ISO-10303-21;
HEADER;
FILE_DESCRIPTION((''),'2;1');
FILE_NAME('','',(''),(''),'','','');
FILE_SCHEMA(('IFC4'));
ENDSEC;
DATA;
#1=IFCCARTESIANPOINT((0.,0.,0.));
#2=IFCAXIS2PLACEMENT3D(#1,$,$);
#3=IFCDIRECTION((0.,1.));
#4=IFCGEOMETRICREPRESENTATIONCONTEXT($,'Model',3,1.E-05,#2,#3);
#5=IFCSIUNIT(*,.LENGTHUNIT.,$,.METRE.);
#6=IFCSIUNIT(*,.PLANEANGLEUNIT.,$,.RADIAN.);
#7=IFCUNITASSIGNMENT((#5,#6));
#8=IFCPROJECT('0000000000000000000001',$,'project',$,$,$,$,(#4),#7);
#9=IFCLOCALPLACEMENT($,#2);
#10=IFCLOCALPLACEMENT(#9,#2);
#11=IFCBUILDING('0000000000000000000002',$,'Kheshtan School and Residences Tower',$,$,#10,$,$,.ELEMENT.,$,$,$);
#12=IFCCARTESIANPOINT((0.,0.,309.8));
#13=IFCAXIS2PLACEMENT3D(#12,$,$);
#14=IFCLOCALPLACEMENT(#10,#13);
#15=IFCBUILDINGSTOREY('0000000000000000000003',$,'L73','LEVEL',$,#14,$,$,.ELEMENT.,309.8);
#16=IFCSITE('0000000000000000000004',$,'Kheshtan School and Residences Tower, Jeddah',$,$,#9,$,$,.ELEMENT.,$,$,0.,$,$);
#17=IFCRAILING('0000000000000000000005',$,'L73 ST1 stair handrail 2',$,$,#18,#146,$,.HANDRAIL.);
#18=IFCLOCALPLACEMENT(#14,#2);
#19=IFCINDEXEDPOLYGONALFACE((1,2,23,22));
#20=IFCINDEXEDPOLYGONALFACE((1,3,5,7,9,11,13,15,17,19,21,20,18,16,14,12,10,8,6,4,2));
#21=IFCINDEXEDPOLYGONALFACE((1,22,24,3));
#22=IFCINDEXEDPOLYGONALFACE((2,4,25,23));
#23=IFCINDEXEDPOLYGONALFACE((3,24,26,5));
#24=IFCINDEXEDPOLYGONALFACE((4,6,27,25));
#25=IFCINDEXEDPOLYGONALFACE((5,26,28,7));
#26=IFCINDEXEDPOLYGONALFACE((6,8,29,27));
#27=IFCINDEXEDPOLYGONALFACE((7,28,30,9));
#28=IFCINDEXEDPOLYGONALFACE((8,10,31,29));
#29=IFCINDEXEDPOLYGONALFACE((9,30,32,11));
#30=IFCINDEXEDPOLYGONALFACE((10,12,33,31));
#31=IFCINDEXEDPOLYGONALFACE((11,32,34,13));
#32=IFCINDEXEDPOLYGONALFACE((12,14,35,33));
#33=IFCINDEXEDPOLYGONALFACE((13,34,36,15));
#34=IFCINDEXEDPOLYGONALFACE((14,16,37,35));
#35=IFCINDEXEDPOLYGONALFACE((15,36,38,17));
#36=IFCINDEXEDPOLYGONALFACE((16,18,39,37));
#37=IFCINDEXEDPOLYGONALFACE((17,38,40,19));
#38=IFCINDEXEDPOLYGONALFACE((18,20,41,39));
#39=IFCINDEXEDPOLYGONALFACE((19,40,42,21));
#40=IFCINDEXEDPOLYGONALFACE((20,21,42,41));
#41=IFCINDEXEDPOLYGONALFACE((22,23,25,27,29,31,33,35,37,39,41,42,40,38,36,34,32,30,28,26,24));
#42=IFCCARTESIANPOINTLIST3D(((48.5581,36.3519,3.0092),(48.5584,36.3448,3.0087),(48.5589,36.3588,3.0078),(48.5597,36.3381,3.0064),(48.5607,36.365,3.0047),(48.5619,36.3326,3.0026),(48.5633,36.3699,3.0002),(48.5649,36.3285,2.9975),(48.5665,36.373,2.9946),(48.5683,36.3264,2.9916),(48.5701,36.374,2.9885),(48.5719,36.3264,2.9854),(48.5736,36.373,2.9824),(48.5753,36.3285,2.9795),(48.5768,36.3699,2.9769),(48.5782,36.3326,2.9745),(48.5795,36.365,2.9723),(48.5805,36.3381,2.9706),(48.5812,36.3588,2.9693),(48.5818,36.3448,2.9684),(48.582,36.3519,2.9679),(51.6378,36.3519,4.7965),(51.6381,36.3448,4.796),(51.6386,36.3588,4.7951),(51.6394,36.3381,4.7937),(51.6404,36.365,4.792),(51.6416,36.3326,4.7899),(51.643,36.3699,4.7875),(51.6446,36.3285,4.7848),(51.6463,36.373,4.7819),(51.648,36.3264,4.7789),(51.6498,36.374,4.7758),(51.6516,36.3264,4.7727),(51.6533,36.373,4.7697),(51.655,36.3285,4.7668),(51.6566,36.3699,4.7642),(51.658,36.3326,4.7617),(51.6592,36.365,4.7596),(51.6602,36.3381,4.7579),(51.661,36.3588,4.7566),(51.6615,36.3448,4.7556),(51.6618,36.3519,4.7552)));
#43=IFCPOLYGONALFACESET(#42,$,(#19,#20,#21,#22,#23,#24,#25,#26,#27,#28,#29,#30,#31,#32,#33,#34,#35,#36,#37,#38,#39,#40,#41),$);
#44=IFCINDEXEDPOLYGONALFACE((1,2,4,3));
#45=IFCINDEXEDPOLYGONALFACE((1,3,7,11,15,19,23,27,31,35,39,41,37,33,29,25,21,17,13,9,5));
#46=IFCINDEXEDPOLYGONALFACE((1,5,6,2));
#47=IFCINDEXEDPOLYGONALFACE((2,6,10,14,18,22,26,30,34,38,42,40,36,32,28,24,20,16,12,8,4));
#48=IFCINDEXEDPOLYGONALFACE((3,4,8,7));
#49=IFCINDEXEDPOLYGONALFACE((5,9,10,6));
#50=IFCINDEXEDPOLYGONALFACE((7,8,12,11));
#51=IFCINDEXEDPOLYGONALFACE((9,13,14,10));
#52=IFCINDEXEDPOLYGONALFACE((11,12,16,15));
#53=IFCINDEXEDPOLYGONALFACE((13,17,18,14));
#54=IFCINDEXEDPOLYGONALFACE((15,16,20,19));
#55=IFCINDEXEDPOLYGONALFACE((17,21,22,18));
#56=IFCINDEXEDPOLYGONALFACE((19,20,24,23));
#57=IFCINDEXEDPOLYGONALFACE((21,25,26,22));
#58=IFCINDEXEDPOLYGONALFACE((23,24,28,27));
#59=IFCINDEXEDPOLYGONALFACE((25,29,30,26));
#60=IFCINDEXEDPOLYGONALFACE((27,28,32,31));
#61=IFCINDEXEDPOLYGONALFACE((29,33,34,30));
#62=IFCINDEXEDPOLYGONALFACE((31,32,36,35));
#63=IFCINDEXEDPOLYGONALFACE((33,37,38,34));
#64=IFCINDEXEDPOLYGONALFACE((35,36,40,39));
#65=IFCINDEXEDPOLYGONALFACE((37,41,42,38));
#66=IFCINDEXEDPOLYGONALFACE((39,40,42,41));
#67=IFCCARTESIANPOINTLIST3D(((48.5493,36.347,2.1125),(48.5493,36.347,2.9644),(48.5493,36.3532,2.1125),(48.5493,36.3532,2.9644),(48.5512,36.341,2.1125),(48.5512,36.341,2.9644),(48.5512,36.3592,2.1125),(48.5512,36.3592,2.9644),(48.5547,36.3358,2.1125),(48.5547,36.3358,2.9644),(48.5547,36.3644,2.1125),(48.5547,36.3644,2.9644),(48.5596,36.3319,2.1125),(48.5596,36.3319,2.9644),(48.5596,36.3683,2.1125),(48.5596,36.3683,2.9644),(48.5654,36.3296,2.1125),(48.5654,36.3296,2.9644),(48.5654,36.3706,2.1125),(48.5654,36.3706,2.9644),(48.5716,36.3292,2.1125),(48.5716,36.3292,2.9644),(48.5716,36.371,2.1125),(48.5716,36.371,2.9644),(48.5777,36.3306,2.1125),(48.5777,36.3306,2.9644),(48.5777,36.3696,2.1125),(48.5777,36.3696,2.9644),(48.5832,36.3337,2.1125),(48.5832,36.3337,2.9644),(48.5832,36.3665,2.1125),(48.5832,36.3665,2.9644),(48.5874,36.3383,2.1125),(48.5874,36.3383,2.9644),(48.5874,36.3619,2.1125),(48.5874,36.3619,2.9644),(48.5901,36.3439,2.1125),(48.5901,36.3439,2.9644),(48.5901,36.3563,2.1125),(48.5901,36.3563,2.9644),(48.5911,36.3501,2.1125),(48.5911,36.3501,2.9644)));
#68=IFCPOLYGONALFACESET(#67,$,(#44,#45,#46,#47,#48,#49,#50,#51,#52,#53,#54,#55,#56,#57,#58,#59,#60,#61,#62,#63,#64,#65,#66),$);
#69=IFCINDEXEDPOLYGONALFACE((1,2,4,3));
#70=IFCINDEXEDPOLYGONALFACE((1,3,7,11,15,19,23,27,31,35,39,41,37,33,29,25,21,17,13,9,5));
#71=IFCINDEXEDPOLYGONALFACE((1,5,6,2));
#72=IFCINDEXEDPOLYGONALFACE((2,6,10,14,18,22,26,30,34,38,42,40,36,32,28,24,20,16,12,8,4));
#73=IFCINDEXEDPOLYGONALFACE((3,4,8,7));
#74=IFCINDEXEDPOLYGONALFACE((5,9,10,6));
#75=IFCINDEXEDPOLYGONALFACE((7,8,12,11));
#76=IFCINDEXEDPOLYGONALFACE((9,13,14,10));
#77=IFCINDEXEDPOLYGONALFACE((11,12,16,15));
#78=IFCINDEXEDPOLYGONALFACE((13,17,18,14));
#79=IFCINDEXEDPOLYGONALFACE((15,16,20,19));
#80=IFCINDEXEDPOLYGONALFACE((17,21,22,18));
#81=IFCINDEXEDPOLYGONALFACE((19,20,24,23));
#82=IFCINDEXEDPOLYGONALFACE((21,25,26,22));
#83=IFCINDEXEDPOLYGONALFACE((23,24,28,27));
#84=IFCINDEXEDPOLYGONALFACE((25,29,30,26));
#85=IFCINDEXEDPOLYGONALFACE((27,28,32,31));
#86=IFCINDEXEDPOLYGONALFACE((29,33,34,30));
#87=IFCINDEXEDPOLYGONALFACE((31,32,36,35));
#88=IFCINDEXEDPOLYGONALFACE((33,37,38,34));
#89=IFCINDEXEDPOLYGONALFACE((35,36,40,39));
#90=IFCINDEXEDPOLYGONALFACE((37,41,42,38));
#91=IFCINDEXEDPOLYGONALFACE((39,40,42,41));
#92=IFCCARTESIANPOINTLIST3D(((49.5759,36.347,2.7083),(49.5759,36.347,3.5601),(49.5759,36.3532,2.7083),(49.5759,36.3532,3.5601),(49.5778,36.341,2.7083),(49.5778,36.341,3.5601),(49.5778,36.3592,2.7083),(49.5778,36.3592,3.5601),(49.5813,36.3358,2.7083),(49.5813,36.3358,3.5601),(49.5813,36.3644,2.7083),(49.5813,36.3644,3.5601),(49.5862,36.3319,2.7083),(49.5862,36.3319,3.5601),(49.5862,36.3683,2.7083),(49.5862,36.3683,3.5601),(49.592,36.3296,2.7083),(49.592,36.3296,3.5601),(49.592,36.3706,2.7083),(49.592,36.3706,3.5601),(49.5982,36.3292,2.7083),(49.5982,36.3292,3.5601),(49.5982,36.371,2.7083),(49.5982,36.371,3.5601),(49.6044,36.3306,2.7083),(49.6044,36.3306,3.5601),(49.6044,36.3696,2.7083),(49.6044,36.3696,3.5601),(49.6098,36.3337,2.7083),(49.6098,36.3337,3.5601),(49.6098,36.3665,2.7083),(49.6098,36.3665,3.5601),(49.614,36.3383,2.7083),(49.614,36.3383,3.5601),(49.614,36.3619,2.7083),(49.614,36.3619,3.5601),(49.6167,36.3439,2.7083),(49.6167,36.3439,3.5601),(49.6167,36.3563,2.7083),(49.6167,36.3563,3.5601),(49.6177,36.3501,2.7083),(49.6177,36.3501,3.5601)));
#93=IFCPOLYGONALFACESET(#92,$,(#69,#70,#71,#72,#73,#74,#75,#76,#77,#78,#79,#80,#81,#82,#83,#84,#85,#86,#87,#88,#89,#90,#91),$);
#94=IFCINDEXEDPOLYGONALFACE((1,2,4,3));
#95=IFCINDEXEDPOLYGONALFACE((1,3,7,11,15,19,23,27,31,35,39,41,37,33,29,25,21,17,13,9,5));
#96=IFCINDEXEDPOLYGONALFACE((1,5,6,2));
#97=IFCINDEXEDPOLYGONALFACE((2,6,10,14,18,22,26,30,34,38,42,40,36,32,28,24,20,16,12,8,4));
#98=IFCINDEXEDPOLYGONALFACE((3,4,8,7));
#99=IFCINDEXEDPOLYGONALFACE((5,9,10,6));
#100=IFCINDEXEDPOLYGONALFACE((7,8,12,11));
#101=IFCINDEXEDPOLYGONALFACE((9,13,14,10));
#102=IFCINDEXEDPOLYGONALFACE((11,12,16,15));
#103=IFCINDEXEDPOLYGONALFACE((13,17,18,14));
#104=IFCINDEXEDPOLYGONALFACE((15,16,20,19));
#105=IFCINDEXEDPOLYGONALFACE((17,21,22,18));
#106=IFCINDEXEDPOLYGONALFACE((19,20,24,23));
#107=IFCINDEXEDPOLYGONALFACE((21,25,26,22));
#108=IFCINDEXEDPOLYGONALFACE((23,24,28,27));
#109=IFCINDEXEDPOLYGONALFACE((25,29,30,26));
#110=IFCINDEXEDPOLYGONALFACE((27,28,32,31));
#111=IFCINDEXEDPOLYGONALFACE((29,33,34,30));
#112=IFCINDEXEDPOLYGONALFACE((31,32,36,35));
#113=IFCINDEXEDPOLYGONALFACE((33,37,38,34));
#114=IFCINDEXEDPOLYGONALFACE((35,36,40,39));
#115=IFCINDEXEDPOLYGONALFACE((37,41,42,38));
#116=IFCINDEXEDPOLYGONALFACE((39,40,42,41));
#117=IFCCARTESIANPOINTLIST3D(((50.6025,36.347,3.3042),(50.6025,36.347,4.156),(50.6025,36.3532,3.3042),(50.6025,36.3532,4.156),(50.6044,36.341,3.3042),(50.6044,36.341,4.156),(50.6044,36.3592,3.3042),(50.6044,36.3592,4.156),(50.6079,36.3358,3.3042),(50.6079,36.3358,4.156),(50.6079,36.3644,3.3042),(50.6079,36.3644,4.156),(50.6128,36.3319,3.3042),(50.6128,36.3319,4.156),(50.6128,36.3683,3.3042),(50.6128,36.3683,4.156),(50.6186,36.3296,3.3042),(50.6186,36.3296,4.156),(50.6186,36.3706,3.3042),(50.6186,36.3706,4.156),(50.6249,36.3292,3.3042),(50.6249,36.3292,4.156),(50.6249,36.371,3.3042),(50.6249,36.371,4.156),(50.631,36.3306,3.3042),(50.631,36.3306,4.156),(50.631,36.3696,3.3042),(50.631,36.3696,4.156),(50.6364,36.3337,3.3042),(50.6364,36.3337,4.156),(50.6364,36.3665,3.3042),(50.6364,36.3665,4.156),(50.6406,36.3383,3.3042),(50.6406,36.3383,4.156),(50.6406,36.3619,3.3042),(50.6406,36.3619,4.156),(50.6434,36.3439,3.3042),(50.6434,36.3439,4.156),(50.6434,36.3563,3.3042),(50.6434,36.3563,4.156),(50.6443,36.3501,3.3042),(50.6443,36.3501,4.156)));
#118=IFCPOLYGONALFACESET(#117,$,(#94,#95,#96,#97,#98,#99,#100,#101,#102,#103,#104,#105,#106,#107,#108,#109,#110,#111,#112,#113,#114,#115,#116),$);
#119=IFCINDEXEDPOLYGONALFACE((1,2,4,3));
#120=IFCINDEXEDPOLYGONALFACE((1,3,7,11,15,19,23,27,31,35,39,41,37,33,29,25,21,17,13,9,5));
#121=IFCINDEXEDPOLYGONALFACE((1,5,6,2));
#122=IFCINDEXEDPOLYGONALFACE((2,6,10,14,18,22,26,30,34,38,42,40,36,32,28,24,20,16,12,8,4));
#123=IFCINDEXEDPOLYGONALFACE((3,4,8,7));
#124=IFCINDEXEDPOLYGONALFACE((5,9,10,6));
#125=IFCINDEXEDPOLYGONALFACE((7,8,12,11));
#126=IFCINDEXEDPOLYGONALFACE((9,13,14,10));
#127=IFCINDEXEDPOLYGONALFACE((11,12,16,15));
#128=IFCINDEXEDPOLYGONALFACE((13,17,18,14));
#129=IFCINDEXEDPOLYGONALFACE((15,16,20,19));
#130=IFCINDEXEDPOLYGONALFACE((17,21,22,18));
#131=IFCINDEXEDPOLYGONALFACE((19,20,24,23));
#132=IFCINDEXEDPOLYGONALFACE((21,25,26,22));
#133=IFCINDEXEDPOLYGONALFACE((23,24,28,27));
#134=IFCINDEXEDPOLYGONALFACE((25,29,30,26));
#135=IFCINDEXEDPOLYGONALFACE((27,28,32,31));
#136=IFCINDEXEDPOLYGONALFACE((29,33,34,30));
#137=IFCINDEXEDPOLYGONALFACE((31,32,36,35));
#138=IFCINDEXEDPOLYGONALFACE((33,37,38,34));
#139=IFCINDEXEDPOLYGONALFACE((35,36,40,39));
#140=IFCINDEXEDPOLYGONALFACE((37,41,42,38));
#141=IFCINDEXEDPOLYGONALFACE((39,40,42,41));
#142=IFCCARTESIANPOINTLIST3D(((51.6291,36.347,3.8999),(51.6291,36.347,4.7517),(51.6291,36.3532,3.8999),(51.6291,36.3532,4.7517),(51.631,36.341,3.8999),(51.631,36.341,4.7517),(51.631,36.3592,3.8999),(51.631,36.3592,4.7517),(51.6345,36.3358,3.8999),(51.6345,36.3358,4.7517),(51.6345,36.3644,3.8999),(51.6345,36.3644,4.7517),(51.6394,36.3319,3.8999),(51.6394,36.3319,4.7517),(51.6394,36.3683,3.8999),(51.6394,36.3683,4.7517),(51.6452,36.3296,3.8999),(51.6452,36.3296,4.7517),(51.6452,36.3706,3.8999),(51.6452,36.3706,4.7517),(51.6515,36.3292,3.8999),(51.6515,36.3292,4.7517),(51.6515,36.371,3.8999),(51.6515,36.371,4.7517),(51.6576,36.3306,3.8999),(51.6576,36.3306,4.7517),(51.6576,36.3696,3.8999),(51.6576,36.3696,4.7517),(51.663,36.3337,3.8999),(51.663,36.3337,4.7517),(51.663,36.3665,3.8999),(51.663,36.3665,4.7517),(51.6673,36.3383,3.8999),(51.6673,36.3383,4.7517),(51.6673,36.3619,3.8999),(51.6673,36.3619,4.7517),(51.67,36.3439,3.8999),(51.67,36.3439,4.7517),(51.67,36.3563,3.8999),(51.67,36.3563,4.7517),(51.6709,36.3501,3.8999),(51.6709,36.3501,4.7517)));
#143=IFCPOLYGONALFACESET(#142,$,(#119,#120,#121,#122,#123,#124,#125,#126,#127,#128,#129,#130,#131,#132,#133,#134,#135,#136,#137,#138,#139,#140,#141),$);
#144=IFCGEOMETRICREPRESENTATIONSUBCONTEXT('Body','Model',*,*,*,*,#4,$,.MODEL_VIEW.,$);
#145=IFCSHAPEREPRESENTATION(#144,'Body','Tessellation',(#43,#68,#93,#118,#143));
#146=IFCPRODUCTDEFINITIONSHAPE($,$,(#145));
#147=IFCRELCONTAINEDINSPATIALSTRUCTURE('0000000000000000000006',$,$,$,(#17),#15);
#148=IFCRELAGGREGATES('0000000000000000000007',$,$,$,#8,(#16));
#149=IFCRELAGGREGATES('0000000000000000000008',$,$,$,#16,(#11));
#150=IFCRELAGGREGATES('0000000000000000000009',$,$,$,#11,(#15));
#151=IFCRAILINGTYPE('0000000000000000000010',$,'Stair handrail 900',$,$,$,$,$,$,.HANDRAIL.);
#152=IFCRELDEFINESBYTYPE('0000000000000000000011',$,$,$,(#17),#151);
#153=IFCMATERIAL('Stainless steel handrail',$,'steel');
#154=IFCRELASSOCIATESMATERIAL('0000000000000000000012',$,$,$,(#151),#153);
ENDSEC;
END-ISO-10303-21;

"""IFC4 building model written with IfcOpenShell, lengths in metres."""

from ifc_helpers import new_model, si_unit, direction, frame, origin, origin_2d, place, context, subcontext, project, spatial, circle, extrude, material, type_object, element, save


model = new_model("IFC4")

# Units and contexts
model_context = context("Model", 3, precision=1e-05, world=origin(), true_north=direction((0.0, 1.0)))
body_context = subcontext(model_context, "Body", "Model", "MODEL_VIEW")
ifc_project = project(units=[si_unit("LENGTHUNIT", "METRE"), si_unit("PLANEANGLEUNIT", "RADIAN")], contexts=[model_context])

# Site, building, storey
site_placement = place(None, origin())
site = spatial("IfcSite", under=ifc_project, at=site_placement, Name="Kheshtan School and Residences Tower, Jeddah", CompositionType="ELEMENT", RefElevation=0.0)
building_placement = place(site_placement, origin())
building = spatial("IfcBuilding", under=site, at=building_placement, Name="Kheshtan School and Residences Tower", CompositionType="ELEMENT")
storey_placement = place(building_placement, frame((0.0, 0.0, 309.8)))
storey = spatial("IfcBuildingStorey", under=building, at=storey_placement, Name="L73", Description="LEVEL", CompositionType="ELEMENT", Elevation=309.8)

# Railing
ifc_material_1 = material(Name="Stainless steel handrail", Category="steel")
railing_type_1 = type_object("IfcRailingType", Name="Stair handrail 900", PredefinedType="HANDRAIL", material=ifc_material_1)
railing_1_placement = place(storey_placement, frame((48.5701, 36.3501, 2.1125)))
element("IfcRailing", 1, at=railing_1_placement, inside=storey, type_object=railing_type_1, Name="L73 ST1 stair handrail 2", PredefinedType="HANDRAIL", context=body_context, shape_type="SweptSolid", body=[
    extrude(circle(Radius=0.0239, at=origin_2d()), frame((0.0, 0.0, 0.876), z_axis=(0.864903, 0.0, 0.501939), x_axis=(0.0, 1.0, 0.0)), (0.0, 0.0, 1.0), 3.5608),
    extrude(circle(Radius=0.021, at=origin_2d()), origin(), (0.0, 0.0, 1.0), 0.8518),
    extrude(circle(Radius=0.021, at=origin_2d()), frame((1.0266, 0.0, 0.5957)), (0.0, 0.0, 1.0), 0.8518),
    extrude(circle(Radius=0.021, at=origin_2d()), frame((2.0532, 0.0, 1.1917)), (0.0, 0.0, 1.0), 0.8518),
    extrude(circle(Radius=0.021, at=origin_2d()), frame((3.0798, 0.0, 1.7874)), (0.0, 0.0, 1.0), 0.8518),
])

save(model, "model.ifc")
